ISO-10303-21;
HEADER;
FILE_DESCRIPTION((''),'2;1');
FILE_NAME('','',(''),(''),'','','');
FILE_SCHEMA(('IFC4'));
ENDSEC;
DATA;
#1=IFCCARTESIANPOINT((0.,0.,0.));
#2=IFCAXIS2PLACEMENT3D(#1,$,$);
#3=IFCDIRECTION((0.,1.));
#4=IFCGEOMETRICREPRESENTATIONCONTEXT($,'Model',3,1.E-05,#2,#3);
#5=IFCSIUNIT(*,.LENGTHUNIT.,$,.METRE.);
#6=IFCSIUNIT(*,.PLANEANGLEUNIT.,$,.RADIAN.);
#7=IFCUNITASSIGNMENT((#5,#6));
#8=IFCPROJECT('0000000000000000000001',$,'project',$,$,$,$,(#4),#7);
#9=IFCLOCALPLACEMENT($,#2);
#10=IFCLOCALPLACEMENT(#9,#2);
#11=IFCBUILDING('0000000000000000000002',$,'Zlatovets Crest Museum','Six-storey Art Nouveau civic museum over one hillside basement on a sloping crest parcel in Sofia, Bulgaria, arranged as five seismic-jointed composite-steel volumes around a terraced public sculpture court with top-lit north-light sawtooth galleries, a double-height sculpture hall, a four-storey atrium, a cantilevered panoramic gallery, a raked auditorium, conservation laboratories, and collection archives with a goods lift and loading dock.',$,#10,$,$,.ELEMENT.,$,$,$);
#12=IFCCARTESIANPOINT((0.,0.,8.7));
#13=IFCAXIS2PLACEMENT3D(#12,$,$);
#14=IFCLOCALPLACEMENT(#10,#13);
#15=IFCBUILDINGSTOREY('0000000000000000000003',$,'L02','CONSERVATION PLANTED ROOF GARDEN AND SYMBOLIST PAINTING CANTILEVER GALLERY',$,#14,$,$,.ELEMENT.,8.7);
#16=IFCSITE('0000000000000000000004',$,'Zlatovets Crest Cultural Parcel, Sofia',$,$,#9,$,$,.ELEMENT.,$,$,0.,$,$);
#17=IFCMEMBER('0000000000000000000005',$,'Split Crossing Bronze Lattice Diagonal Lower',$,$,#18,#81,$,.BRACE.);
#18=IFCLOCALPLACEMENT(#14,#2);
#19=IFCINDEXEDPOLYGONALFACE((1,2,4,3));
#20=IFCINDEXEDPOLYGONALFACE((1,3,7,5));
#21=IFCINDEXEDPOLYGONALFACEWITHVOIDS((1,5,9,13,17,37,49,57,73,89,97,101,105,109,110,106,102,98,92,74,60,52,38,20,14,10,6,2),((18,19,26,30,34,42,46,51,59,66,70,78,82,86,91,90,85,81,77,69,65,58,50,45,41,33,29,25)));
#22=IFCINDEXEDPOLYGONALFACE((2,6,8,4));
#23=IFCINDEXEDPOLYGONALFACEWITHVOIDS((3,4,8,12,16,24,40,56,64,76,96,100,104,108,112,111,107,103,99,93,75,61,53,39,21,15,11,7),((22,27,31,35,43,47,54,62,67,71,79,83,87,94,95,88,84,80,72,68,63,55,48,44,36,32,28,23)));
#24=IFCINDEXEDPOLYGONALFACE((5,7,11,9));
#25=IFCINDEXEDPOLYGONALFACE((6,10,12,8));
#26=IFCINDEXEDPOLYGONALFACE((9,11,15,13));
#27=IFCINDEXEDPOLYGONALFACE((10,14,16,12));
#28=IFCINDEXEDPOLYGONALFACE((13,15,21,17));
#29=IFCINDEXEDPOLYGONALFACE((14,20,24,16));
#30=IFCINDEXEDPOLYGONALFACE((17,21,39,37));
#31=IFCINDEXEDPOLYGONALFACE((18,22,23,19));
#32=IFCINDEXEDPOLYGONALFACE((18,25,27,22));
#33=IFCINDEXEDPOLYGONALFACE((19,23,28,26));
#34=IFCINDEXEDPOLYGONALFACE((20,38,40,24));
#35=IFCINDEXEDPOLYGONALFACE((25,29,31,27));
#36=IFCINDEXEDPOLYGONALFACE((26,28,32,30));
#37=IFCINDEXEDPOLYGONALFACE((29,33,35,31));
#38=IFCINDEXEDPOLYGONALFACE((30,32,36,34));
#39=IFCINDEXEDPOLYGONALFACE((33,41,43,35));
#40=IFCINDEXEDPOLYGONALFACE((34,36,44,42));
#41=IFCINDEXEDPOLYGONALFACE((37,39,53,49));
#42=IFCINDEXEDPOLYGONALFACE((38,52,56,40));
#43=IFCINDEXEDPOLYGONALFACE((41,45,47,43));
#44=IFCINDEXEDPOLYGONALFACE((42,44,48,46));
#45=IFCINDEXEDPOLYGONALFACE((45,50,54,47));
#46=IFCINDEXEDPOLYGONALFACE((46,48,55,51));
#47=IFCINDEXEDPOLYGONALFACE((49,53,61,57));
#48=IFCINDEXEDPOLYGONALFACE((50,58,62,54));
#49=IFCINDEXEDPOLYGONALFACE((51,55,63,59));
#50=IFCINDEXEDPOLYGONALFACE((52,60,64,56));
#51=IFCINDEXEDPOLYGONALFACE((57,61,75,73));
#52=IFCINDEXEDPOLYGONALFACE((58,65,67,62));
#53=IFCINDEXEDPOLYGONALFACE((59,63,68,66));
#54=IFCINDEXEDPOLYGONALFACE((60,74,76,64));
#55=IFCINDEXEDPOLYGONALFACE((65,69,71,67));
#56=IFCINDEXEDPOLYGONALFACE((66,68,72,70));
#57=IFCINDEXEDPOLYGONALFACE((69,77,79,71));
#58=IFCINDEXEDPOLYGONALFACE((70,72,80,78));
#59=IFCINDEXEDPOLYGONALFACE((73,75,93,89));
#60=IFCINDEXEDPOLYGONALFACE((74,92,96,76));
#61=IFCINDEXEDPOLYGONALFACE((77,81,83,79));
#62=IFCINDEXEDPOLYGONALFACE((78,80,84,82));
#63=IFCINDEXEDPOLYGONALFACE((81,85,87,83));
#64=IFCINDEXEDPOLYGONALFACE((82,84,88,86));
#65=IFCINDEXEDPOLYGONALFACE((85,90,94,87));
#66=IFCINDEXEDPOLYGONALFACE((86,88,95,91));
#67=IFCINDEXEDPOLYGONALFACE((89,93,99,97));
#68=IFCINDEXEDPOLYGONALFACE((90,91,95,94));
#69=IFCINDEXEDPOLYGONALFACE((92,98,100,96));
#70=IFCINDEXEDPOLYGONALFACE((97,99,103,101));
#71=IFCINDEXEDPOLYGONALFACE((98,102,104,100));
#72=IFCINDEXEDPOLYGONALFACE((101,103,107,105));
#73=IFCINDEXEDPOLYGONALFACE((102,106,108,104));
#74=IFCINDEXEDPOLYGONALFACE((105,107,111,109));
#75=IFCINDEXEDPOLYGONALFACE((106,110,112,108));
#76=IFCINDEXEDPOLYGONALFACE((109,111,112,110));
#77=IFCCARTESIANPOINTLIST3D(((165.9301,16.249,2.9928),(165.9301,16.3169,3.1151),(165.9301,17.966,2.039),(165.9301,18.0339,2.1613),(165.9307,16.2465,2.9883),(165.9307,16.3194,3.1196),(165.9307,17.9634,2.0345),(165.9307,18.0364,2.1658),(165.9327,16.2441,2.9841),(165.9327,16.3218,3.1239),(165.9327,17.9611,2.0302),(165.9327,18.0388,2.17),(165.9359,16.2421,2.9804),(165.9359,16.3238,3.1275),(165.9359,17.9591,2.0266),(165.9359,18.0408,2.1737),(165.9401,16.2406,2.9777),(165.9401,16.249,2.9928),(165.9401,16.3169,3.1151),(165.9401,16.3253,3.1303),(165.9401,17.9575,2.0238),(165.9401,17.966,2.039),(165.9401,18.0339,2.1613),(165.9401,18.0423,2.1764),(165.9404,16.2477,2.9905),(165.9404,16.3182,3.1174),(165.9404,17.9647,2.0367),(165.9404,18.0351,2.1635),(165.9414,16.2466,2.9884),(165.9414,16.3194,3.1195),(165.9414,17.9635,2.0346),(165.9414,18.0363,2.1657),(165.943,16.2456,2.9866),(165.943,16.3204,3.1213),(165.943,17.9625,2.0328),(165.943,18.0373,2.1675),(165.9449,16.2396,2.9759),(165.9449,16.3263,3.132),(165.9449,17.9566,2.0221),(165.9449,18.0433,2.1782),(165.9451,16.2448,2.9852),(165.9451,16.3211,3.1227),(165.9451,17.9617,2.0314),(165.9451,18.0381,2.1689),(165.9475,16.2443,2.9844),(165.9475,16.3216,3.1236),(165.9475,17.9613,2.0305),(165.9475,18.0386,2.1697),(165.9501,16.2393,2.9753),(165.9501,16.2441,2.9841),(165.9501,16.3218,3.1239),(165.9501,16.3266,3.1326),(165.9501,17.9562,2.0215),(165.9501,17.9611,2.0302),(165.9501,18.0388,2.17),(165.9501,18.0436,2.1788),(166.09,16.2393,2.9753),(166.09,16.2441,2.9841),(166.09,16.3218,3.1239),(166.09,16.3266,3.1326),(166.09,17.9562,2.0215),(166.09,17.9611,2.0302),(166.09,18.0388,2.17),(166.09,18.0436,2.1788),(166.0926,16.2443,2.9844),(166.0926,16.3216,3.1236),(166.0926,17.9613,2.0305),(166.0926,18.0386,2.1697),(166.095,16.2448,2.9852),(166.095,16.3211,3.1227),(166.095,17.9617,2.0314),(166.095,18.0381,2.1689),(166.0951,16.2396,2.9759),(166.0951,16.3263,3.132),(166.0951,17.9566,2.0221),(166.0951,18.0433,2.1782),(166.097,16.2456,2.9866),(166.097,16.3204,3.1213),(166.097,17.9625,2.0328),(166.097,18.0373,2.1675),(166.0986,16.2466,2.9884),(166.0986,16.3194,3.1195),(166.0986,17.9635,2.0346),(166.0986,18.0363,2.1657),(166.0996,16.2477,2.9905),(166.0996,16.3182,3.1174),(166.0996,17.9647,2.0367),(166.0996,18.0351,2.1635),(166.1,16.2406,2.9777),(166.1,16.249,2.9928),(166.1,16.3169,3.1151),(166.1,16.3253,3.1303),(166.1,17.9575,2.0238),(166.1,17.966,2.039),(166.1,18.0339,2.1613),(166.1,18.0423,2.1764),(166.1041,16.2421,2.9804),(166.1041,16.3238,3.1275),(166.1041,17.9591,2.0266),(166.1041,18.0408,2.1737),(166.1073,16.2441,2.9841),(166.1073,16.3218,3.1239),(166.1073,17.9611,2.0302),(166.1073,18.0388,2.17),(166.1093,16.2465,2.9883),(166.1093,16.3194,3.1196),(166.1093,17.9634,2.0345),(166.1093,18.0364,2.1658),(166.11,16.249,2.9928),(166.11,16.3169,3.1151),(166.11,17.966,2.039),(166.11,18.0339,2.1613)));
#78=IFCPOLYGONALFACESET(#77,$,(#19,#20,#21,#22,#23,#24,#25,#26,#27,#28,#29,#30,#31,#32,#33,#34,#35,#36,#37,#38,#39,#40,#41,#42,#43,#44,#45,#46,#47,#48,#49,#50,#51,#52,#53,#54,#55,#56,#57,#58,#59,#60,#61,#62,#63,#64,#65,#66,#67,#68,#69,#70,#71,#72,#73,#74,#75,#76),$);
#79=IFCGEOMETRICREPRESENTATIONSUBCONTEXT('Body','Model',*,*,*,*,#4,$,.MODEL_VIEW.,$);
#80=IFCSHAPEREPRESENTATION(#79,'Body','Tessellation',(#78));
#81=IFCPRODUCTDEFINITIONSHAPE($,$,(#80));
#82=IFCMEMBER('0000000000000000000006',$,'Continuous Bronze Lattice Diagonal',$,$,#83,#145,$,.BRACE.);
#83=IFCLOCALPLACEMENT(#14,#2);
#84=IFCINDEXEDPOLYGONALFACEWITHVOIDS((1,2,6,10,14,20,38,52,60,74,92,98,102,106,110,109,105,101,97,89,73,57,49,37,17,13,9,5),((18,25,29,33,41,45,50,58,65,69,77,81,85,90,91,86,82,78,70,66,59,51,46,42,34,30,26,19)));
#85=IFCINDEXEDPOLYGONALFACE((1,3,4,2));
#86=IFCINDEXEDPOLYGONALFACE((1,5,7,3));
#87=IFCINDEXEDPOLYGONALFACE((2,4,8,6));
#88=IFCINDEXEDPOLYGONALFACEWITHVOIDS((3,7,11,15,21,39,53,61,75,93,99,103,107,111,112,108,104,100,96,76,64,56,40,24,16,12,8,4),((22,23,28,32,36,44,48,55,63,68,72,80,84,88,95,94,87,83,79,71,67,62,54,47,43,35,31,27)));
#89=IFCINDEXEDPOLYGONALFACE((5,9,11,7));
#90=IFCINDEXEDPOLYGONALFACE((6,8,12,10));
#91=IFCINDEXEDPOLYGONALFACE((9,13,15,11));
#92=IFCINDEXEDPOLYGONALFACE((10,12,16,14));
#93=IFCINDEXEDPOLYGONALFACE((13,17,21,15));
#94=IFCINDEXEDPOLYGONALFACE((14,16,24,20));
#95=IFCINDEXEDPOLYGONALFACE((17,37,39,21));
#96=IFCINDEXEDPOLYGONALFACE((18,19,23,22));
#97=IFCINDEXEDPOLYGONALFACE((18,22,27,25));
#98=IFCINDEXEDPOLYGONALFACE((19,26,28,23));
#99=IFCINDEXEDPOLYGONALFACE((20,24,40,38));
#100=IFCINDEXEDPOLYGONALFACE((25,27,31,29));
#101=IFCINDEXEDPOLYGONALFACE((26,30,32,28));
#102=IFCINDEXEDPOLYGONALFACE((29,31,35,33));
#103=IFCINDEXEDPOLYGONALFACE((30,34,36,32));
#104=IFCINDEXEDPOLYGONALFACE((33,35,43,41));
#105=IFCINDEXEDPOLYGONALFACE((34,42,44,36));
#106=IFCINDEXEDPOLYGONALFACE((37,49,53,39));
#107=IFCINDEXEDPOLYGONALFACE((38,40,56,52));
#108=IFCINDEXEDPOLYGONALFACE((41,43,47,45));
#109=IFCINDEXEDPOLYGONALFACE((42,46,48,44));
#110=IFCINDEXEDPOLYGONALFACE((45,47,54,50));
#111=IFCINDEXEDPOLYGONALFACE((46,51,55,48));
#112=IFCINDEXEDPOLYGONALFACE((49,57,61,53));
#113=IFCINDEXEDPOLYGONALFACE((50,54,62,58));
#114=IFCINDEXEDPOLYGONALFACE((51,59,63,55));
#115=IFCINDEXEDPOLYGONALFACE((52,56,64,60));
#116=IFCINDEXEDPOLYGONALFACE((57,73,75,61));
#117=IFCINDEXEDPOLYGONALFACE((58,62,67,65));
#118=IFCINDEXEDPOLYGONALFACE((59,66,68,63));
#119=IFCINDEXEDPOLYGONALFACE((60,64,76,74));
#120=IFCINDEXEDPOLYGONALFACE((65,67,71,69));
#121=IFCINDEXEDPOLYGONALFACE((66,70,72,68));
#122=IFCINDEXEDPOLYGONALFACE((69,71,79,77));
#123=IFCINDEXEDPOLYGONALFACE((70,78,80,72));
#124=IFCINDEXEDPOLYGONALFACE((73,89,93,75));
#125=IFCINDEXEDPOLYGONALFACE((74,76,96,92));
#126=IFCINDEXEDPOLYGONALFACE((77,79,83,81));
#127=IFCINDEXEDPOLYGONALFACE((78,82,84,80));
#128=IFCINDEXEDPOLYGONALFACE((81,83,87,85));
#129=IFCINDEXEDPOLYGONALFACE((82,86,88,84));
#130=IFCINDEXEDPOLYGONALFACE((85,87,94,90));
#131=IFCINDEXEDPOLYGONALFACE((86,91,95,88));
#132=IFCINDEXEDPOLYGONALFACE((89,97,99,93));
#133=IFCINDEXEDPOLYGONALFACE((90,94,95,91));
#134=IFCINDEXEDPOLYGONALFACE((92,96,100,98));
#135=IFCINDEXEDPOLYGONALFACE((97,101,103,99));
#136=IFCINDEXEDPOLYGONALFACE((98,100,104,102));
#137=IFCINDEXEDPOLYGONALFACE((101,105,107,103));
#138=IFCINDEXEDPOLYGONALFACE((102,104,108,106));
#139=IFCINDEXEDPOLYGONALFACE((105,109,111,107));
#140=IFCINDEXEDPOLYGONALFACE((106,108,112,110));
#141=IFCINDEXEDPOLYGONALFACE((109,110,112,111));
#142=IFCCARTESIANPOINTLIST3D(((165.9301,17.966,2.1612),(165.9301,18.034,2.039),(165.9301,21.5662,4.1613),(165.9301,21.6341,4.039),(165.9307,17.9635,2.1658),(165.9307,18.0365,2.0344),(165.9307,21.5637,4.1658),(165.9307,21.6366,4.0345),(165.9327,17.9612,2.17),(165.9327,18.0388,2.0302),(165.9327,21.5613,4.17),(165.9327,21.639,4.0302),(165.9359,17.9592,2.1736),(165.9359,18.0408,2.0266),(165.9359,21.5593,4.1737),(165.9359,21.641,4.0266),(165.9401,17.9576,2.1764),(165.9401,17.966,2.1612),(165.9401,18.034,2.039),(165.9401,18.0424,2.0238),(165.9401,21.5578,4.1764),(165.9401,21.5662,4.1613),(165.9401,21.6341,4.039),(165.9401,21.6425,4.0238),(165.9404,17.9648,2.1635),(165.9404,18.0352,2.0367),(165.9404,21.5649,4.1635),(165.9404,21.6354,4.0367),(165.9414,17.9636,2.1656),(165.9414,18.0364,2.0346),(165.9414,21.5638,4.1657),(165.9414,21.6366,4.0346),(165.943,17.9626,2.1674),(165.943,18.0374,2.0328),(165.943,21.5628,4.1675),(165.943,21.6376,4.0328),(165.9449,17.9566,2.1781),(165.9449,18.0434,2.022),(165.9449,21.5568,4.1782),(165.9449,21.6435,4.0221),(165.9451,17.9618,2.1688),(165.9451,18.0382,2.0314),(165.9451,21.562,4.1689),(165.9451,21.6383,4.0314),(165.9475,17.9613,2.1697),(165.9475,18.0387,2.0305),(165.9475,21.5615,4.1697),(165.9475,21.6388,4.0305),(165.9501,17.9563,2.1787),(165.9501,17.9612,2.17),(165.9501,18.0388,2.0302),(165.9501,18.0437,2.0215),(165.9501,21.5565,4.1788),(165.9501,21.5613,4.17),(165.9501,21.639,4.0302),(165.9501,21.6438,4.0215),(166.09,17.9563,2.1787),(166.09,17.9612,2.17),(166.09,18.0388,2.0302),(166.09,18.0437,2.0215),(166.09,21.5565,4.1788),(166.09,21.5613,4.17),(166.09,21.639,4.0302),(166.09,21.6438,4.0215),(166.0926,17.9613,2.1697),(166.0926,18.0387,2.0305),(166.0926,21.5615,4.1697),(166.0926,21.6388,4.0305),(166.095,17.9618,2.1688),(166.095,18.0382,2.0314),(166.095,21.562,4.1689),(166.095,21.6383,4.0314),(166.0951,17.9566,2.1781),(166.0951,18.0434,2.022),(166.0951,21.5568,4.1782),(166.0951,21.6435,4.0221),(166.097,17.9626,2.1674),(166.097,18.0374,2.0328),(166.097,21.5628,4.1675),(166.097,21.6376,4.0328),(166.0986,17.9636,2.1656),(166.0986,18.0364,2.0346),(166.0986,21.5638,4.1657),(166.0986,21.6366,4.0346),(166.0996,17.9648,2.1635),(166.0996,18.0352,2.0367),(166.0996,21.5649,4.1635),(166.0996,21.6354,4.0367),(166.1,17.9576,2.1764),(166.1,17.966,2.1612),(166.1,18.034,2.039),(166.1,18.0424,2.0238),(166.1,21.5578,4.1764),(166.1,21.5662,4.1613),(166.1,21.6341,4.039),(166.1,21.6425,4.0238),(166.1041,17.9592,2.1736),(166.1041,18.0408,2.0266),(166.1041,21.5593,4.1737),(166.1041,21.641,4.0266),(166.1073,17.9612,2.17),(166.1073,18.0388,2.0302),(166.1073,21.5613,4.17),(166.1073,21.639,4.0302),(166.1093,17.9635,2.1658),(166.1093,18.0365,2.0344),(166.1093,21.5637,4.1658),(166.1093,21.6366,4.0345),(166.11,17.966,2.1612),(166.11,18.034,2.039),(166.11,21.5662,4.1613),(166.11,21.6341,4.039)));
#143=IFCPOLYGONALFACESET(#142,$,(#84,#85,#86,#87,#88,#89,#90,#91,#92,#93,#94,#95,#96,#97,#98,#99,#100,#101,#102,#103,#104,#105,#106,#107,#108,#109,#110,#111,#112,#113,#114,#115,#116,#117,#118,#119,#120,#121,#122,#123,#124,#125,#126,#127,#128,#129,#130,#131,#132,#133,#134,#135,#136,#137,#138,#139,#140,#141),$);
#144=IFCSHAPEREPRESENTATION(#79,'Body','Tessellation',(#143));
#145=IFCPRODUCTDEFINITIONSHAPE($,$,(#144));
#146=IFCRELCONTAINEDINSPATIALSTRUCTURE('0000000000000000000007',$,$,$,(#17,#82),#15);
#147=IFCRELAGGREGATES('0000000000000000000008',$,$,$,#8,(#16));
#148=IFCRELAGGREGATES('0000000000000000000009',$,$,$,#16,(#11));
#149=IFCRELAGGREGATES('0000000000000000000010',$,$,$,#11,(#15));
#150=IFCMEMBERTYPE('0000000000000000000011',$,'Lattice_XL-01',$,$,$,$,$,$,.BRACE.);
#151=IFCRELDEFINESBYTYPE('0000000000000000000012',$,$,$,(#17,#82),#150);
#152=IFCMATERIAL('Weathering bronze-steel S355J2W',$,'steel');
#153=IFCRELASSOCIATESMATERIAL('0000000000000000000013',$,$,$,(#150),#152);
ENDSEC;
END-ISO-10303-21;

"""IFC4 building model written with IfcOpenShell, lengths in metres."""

from ifc_helpers import new_model, si_unit, direction, frame, origin, origin_2d, place, context, subcontext, project, spatial, hollow_rectangle, extrude, material, material_profile, profile_set, type_object, element, save


model = new_model("IFC4")

# Units and contexts
model_context = context("Model", 3, precision=1e-05, world=origin(), true_north=direction((0.0, 1.0)))
body_context = subcontext(model_context, "Body", "Model", "MODEL_VIEW")
ifc_project = project(units=[si_unit("LENGTHUNIT", "METRE"), si_unit("PLANEANGLEUNIT", "RADIAN")], contexts=[model_context])

# Site, building, storey
site_placement = place(None, origin())
site = spatial("IfcSite", under=ifc_project, at=site_placement, Name="Zlatovets Crest Cultural Parcel, Sofia", CompositionType="ELEMENT", RefElevation=0.0)
building_placement = place(site_placement, origin())
building = spatial("IfcBuilding", under=site, at=building_placement, Name="Zlatovets Crest Museum", Description="Six-storey Art Nouveau civic museum over one hillside basement on a sloping crest parcel in Sofia, Bulgaria, arranged as five seismic-jointed composite-steel volumes around a terraced public sculpture court with top-lit north-light sawtooth galleries, a double-height sculpture hall, a four-storey atrium, a cantilevered panoramic gallery, a raked auditorium, conservation laboratories, and collection archives with a goods lift and loading dock.", CompositionType="ELEMENT")
storey_placement = place(building_placement, frame((0.0, 0.0, 8.7)))
storey = spatial("IfcBuildingStorey", under=building, at=storey_placement, Name="L02", Description="CONSERVATION PLANTED ROOF GARDEN AND SYMBOLIST PAINTING CANTILEVER GALLERY", CompositionType="ELEMENT", Elevation=8.7)

# Members
ifc_material_1 = material(Name="Weathering bronze-steel S355J2W", Category="steel")
ifc_material_profile_1 = material_profile(ifc_material_1, hollow_rectangle(XDim=0.1799, YDim=0.1799, WallThickness=0.01, InnerFilletRadius=0.01, OuterFilletRadius=0.02, at=origin_2d()), Name="SHS 180x180x10.0")
ifc_profile_set_1 = profile_set([ifc_material_profile_1], Name="Weathering bronze-steel S355J2W")
member_type_1 = type_object("IfcMemberType", Name="Lattice_XL-01", PredefinedType="BRACE", material=ifc_profile_set_1)
for number, where, z_axis, x_axis, name in (
    (1, (166.02, 16.283, 3.054), (0.0, 0.874169, -0.485622), (-1.0, 0.0, 0.0), "Split Crossing Bronze Lattice Diagonal Lower"),
):
    element("IfcMember", number, at=place(storey_placement, frame(where, z_axis=z_axis, x_axis=x_axis)), inside=storey, type_object=member_type_1, Name=name, PredefinedType="BRACE", context=body_context, shape_type="SweptSolid", body=[
        extrude(hollow_rectangle(XDim=0.1799, YDim=0.1799, WallThickness=0.01, InnerFilletRadius=0.01, OuterFilletRadius=0.02, at=origin_2d()), origin(), (0.0, 0.0, 1.0), 1.9641),
    ])
member_1_placement = place(storey_placement, frame((166.02, 18.0, 2.1001), z_axis=(0.0, 0.874163, 0.485633), x_axis=(-1.0, 0.0, 0.0)))
element("IfcMember", 2, at=member_1_placement, inside=storey, type_object=member_type_1, Name="Continuous Bronze Lattice Diagonal", PredefinedType="BRACE", context=body_context, shape_type="SweptSolid", body=[
    extrude(hollow_rectangle(XDim=0.1799, YDim=0.1799, WallThickness=0.01, InnerFilletRadius=0.01, OuterFilletRadius=0.02, at=origin_2d()), origin(), (0.0, 0.0, 1.0), 4.1184),
])

save(model, "model.ifc")
